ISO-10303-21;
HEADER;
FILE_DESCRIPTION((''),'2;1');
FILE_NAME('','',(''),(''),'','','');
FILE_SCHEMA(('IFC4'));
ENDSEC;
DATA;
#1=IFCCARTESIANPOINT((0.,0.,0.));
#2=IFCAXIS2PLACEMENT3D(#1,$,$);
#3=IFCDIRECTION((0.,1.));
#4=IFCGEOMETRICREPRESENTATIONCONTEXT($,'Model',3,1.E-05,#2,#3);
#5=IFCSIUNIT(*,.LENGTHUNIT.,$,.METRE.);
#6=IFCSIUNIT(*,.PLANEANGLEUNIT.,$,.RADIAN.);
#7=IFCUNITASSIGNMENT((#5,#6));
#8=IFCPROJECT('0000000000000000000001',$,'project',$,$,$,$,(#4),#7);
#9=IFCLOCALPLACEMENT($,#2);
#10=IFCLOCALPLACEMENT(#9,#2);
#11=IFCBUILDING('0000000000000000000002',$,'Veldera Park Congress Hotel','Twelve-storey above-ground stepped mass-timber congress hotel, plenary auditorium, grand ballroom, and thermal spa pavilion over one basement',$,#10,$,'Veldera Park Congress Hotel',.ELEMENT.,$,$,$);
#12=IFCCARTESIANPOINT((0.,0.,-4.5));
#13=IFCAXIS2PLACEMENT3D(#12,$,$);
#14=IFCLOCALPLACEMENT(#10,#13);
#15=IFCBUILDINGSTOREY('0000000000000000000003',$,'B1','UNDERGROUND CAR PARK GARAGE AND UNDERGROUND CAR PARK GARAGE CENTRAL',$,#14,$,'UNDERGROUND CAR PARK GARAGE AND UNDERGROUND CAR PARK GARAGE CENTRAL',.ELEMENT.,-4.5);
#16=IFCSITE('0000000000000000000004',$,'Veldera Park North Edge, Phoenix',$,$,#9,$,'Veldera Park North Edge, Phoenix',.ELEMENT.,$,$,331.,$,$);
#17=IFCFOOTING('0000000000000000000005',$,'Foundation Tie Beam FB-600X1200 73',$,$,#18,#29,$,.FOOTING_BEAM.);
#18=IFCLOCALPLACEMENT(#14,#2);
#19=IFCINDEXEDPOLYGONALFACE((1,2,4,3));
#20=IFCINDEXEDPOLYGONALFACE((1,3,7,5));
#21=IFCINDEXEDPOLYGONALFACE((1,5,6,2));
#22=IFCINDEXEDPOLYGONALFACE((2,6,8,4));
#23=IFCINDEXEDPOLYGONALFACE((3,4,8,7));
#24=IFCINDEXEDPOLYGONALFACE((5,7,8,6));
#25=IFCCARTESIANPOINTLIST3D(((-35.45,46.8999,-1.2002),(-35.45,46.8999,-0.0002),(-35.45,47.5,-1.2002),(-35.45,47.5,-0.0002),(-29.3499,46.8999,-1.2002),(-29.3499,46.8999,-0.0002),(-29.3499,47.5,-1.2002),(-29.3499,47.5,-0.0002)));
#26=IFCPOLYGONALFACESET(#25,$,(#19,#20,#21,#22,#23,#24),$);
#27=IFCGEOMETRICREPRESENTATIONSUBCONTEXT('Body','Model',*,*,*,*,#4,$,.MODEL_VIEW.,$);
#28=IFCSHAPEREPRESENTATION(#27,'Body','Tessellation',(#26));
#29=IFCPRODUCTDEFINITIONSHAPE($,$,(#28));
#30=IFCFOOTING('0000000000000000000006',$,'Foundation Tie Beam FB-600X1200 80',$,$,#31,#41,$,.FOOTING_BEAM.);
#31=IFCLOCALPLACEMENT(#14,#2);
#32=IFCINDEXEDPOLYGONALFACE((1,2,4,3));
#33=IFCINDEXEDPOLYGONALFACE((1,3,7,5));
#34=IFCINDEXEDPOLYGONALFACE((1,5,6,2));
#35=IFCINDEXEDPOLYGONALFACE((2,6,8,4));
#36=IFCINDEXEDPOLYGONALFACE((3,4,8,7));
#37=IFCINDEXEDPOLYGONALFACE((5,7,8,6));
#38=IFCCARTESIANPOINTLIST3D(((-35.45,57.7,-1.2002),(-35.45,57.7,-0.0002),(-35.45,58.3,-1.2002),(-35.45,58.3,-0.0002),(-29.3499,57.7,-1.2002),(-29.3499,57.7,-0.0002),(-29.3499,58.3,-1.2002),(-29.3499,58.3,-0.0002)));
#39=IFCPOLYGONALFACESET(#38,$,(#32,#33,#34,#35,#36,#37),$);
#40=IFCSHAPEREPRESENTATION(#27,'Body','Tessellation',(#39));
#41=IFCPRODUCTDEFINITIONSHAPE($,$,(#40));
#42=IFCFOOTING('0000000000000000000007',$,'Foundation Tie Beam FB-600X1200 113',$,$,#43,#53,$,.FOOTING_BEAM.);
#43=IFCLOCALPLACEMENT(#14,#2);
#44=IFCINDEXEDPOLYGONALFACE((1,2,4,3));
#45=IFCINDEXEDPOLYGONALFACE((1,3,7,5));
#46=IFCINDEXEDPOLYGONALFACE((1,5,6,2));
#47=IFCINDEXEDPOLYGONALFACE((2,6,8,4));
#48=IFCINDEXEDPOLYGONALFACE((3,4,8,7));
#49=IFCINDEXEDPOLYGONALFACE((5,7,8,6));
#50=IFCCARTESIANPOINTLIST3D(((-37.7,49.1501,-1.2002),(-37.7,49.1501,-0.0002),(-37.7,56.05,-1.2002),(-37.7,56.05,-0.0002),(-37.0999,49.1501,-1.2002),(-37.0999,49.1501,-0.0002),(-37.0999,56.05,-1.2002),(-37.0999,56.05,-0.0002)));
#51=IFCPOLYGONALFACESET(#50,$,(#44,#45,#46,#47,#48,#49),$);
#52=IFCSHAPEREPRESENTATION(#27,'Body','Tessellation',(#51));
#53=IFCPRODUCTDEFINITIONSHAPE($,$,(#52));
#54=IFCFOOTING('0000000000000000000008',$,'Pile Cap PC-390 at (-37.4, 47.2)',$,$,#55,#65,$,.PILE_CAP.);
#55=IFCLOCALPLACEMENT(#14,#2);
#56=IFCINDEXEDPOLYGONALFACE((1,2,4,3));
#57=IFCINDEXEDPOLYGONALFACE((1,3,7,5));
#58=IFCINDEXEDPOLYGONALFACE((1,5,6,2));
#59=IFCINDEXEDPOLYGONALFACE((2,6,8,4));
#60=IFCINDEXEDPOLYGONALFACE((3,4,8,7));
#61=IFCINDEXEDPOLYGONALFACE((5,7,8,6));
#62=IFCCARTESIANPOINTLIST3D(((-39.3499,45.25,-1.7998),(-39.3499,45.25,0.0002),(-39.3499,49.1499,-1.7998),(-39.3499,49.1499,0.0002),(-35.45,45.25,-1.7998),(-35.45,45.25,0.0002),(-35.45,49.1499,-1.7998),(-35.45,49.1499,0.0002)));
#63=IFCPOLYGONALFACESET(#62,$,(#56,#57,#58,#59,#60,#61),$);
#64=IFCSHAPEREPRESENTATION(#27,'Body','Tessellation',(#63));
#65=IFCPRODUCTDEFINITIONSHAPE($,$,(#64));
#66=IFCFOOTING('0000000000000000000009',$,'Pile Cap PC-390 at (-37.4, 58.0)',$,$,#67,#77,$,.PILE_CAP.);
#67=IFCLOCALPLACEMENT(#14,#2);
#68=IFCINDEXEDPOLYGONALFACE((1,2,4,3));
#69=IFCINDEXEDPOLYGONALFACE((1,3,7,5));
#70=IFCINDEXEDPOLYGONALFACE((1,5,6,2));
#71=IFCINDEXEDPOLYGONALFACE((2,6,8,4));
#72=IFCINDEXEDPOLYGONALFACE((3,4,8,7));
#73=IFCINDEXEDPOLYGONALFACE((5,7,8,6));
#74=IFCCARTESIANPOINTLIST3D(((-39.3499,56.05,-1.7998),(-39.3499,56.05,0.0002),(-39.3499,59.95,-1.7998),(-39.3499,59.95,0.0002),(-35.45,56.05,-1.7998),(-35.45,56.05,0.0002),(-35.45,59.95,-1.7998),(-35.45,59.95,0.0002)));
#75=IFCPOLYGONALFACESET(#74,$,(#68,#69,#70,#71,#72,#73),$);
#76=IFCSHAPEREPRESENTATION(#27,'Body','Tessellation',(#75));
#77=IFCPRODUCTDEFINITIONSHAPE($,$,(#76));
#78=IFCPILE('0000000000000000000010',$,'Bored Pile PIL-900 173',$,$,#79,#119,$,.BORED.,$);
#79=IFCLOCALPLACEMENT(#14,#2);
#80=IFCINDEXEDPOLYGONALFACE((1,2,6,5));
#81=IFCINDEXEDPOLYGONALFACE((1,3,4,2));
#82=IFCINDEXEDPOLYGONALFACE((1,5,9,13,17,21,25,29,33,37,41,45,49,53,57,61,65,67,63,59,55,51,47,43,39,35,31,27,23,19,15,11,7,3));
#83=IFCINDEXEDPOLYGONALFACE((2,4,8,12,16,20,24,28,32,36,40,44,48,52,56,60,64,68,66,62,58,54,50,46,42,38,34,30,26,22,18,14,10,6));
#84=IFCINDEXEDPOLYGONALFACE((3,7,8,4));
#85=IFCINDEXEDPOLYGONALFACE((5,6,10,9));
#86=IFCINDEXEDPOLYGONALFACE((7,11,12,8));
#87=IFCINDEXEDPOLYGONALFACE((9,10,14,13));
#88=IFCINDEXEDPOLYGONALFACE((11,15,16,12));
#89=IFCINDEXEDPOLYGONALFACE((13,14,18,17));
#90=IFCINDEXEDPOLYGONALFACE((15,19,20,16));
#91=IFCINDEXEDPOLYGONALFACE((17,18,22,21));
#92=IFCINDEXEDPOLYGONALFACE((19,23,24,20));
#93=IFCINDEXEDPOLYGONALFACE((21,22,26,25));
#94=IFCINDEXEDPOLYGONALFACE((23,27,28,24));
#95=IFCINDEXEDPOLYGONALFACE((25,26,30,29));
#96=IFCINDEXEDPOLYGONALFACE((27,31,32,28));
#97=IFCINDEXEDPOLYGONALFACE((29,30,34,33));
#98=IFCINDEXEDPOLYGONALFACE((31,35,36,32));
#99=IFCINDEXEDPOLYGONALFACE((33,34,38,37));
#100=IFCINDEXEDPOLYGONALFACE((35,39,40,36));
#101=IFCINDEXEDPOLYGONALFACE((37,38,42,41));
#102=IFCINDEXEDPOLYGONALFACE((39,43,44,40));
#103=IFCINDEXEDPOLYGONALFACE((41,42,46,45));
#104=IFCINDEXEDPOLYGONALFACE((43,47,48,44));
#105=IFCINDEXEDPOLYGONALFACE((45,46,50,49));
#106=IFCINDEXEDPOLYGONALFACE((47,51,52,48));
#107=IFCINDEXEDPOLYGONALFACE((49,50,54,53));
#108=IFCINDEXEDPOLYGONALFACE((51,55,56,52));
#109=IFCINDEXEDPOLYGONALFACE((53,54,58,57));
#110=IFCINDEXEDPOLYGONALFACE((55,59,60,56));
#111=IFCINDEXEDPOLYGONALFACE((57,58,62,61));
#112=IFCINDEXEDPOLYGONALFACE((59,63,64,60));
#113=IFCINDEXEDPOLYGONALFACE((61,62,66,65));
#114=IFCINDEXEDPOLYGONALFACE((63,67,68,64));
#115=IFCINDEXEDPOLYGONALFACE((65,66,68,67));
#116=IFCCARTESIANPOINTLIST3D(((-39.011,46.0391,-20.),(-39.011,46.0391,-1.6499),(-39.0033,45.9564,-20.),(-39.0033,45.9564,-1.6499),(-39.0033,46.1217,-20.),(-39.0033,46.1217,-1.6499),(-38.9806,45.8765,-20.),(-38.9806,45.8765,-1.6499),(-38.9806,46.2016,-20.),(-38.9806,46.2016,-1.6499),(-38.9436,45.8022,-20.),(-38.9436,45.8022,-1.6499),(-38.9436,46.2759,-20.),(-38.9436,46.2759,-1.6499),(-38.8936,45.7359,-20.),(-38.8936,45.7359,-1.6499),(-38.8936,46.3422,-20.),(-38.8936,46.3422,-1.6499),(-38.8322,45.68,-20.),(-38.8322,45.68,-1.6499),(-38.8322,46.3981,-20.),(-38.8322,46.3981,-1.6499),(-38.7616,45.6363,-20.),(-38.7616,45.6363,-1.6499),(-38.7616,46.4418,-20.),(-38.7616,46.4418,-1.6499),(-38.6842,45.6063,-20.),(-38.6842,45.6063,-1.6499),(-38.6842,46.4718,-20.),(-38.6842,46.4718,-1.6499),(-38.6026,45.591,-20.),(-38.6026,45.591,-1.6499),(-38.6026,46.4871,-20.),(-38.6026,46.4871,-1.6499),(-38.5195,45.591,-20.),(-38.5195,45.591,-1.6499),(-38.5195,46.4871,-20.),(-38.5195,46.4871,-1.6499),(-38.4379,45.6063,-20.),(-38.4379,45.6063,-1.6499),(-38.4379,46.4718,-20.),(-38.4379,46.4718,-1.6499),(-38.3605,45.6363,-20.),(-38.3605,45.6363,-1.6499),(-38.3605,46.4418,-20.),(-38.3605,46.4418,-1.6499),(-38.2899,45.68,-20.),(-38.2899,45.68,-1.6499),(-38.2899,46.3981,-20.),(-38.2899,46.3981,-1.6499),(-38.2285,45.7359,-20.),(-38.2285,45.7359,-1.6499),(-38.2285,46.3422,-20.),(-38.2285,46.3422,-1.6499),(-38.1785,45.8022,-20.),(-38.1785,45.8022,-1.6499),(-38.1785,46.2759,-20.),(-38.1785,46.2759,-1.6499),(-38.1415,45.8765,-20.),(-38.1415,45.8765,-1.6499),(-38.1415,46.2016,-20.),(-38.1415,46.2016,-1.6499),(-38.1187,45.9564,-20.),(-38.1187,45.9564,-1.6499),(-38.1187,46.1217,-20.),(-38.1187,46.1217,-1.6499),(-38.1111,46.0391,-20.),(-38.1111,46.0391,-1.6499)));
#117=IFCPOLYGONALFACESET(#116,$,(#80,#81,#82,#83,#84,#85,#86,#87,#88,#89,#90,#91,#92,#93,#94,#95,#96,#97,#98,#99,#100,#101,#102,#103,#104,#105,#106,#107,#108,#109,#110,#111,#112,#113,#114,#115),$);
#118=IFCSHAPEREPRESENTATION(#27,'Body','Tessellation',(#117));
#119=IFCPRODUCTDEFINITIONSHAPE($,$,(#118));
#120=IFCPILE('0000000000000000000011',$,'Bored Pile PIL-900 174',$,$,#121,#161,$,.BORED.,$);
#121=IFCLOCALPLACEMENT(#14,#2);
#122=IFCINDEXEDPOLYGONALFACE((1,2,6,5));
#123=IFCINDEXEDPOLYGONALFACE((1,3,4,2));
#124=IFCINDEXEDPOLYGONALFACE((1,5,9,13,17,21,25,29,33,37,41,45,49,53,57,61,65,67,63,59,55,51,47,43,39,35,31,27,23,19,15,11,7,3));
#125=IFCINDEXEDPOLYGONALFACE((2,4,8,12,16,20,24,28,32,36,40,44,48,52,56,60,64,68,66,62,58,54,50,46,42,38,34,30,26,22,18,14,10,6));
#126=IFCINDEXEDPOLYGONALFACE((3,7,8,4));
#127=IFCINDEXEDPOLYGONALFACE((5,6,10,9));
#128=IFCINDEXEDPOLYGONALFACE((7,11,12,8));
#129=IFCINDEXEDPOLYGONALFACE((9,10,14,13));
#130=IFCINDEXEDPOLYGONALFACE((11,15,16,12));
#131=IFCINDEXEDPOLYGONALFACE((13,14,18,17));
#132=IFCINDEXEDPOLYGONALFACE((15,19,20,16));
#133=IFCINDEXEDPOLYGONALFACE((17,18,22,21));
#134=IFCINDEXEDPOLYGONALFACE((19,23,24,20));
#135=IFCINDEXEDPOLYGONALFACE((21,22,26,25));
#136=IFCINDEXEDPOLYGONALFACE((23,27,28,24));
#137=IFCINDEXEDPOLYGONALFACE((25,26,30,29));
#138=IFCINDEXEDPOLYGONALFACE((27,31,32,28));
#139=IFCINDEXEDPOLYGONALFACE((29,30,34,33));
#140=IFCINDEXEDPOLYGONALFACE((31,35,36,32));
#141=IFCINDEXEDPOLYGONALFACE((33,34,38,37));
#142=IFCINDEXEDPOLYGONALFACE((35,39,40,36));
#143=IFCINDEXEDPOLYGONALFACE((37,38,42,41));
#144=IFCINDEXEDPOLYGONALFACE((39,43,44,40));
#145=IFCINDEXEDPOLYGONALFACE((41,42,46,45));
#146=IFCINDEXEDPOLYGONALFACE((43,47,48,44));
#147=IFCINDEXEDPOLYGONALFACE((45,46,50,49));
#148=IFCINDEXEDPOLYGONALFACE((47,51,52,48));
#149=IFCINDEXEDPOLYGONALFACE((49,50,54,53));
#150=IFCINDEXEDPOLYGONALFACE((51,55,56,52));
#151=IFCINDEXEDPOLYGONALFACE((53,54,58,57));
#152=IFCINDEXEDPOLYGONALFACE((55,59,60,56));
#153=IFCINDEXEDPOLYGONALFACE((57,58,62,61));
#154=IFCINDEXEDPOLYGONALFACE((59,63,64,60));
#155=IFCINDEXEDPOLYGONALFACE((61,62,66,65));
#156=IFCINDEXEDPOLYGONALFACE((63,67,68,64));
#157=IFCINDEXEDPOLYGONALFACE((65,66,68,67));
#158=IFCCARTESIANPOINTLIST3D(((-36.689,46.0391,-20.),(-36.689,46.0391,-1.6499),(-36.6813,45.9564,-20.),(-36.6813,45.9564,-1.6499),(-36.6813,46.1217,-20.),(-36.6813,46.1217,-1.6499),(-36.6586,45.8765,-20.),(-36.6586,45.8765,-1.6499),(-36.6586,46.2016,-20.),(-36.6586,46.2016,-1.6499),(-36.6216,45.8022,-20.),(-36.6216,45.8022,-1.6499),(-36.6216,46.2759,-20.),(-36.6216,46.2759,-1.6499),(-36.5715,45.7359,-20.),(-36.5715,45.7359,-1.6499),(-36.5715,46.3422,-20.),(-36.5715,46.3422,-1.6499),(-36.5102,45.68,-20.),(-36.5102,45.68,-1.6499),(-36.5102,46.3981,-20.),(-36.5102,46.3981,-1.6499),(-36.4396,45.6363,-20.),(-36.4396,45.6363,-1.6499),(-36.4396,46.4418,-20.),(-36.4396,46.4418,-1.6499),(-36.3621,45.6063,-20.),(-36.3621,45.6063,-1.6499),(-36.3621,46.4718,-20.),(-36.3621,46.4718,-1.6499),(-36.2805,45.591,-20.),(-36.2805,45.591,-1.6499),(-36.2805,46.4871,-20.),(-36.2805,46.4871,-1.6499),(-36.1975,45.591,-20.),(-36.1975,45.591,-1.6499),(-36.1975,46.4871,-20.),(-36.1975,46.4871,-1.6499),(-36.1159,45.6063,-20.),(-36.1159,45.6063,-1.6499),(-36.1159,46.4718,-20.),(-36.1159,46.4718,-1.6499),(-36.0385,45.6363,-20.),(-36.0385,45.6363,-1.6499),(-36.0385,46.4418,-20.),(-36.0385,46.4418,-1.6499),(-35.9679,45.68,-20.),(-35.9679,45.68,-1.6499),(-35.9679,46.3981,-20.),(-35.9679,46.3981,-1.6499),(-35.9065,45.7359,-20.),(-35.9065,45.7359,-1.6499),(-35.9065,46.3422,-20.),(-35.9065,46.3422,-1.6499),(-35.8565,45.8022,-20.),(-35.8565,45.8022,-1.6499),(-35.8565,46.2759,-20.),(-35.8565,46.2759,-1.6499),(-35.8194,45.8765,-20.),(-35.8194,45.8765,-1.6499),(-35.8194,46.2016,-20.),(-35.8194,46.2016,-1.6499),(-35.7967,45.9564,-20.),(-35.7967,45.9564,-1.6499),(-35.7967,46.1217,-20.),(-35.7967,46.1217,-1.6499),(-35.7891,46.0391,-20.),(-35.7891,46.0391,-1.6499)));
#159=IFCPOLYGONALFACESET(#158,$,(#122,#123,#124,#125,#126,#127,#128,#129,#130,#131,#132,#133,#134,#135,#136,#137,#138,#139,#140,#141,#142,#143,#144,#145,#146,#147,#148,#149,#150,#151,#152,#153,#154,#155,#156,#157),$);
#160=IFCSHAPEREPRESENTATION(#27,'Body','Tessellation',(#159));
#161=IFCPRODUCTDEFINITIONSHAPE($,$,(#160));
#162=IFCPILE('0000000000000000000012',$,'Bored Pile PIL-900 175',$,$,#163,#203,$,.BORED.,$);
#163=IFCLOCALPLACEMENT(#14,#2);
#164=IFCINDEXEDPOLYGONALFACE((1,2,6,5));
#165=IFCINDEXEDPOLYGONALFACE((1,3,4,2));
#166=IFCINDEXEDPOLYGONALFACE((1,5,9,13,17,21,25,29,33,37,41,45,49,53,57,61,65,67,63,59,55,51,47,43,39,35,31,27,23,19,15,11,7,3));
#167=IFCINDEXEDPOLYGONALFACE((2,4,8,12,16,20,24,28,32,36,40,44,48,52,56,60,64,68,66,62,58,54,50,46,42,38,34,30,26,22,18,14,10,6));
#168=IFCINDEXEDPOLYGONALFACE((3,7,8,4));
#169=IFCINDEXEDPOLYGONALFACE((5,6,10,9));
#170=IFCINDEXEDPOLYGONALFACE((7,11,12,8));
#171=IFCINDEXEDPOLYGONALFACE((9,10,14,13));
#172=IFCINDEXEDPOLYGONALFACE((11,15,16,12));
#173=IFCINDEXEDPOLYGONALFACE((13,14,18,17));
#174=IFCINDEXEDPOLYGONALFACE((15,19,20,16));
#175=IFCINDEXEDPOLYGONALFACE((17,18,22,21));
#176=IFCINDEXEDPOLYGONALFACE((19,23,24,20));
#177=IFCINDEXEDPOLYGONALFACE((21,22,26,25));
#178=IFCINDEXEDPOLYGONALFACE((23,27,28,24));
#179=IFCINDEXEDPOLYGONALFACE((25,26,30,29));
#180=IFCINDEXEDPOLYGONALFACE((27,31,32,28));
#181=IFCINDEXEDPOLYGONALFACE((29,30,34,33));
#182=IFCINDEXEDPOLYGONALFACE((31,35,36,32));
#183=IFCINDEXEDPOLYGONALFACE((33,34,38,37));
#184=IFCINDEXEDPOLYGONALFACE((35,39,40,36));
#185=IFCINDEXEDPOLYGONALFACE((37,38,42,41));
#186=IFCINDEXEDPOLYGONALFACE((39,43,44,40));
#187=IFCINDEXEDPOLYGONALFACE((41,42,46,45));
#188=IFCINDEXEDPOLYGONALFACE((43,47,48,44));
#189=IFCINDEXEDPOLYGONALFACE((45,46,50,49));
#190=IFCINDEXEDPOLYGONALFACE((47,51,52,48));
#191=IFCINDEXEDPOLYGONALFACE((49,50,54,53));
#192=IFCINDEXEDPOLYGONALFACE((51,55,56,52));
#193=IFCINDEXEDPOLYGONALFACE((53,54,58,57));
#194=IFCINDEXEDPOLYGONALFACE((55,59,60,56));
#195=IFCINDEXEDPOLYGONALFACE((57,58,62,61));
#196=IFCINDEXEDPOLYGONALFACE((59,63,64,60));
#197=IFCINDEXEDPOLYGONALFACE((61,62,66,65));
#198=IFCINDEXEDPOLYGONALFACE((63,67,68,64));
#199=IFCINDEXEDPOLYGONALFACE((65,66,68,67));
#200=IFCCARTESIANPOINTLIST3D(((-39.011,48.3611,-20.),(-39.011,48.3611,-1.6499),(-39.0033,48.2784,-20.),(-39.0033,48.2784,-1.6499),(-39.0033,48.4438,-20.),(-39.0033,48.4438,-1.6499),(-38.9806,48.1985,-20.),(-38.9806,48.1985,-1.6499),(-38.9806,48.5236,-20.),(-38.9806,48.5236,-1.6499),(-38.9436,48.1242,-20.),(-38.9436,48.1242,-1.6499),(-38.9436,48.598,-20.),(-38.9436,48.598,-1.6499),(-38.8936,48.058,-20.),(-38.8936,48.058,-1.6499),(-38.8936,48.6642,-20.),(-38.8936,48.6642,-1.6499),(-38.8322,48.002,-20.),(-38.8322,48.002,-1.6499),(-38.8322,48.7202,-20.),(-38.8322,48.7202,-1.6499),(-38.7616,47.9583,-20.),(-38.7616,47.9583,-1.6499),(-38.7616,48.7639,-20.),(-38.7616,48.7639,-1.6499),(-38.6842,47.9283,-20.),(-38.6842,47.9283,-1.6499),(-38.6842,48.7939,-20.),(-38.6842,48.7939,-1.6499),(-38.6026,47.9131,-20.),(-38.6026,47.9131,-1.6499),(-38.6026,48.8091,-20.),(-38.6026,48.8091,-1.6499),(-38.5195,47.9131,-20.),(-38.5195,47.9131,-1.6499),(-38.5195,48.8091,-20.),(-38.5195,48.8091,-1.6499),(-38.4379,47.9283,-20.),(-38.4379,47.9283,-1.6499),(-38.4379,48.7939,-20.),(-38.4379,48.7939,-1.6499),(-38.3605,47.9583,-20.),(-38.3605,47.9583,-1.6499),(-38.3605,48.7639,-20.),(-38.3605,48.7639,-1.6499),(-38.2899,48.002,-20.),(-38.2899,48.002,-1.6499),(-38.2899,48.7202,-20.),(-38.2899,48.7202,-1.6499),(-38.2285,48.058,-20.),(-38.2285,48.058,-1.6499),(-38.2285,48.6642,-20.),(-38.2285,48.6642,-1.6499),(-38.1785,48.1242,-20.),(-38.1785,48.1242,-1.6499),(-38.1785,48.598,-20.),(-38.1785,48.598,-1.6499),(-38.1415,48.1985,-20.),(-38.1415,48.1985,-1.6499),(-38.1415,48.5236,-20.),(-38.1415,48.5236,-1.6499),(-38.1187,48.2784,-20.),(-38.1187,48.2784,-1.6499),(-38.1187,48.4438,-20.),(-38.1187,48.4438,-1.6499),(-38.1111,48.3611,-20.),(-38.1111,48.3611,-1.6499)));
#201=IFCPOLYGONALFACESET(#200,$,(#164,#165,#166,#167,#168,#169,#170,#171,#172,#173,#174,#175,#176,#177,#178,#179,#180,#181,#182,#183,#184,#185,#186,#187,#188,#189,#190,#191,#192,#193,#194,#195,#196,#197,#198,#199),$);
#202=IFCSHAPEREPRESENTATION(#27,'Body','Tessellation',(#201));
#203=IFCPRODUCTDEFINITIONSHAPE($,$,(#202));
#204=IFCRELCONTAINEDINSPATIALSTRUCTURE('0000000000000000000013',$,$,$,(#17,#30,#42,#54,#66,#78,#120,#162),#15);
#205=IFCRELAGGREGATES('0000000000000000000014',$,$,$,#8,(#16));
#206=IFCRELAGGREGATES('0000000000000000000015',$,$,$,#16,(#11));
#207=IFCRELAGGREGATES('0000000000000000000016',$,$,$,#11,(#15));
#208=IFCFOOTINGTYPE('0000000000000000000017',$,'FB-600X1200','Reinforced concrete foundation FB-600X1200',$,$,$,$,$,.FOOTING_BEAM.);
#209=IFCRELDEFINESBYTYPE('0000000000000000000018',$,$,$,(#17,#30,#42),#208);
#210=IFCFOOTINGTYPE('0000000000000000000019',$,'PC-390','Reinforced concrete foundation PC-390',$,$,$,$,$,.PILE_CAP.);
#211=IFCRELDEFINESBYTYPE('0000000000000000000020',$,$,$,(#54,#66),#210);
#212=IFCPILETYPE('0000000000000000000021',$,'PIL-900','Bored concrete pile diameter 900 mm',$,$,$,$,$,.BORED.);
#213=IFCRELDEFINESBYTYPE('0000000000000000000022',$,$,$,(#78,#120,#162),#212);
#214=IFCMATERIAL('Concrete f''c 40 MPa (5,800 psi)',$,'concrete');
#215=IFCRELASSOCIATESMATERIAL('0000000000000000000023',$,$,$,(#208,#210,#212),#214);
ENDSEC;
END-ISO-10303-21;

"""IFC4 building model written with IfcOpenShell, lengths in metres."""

from ifc_helpers import new_model, si_unit, direction, frame, origin, origin_2d, place, context, subcontext, project, spatial, rectangle, circle, extrude, material, material_profile, profile_set, type_object, element, save


model = new_model("IFC4")

# Units and contexts
model_context = context("Model", 3, precision=1e-05, world=origin(), true_north=direction((0.0, 1.0)))
body_context = subcontext(model_context, "Body", "Model", "MODEL_VIEW")
ifc_project = project(units=[si_unit("LENGTHUNIT", "METRE"), si_unit("PLANEANGLEUNIT", "RADIAN")], contexts=[model_context])

# Site, building, storey
site_placement = place(None, origin())
site = spatial("IfcSite", under=ifc_project, at=site_placement, Name="Veldera Park North Edge, Phoenix", LongName="Veldera Park North Edge, Phoenix", CompositionType="ELEMENT", RefElevation=331.0)
building_placement = place(site_placement, origin())
building = spatial("IfcBuilding", under=site, at=building_placement, Name="Veldera Park Congress Hotel", Description="Twelve-storey above-ground stepped mass-timber congress hotel, plenary auditorium, grand ballroom, and thermal spa pavilion over one basement", LongName="Veldera Park Congress Hotel", CompositionType="ELEMENT")
storey_placement = place(building_placement, frame((0.0, 0.0, -4.5)))
storey = spatial("IfcBuildingStorey", under=building, at=storey_placement, Name="B1", Description="UNDERGROUND CAR PARK GARAGE AND UNDERGROUND CAR PARK GARAGE CENTRAL", LongName="UNDERGROUND CAR PARK GARAGE AND UNDERGROUND CAR PARK GARAGE CENTRAL", CompositionType="ELEMENT", Elevation=-4.5)

# Footings
ifc_material_1 = material(Name="Concrete f'c 40 MPa (5,800 psi)", Category="concrete")
footing_type_1 = type_object("IfcFootingType", Name="FB-600X1200", Description="Reinforced concrete foundation FB-600X1200", PredefinedType="FOOTING_BEAM", material=ifc_material_1)
for number, where, z_axis, x_axis, name in (
    (1, (-32.3999, 47.2, -1.2002), (0.0, 0.0, 1.0), (1.0, 0.0, 0.0), "Foundation Tie Beam FB-600X1200 73"),
    (2, (-32.3999, 58.0, -1.2002), (0.0, 0.0, 1.0), (1.0, 0.0, 0.0), "Foundation Tie Beam FB-600X1200 80"),
):
    element("IfcFooting", number, at=place(storey_placement, frame(where, z_axis=z_axis, x_axis=x_axis)), inside=storey, type_object=footing_type_1, Name=name, PredefinedType="FOOTING_BEAM", context=body_context, shape_type="SweptSolid", body=[
        extrude(rectangle(XDim=6.1001, YDim=0.6001, at=origin_2d()), origin(), (0.0, 0.0, 1.0), 1.2),
    ])
footing_placement = place(storey_placement, frame((-37.3999, 52.6001, -1.2002), z_axis=(0.0, 0.0, 1.0), x_axis=(0.0, 1.0, 0.0)))
element("IfcFooting", 3, at=footing_placement, inside=storey, type_object=footing_type_1, Name="Foundation Tie Beam FB-600X1200 113", PredefinedType="FOOTING_BEAM", context=body_context, shape_type="SweptSolid", body=[
    extrude(rectangle(XDim=6.8999, YDim=0.6001, at=origin_2d()), origin(), (0.0, 0.0, 1.0), 1.2),
])
footing_type_2 = type_object("IfcFootingType", Name="PC-390", Description="Reinforced concrete foundation PC-390", PredefinedType="PILE_CAP", material=ifc_material_1)
for number, where, z_axis, x_axis, name in (
    (4, (-37.3999, 47.2, -1.7998), (0.0, 0.0, 1.0), (1.0, 0.0, 0.0), "Pile Cap PC-390 at (-37.4, 47.2)"),
    (5, (-37.3999, 58.0, -1.7998), (0.0, 0.0, 1.0), (1.0, 0.0, 0.0), "Pile Cap PC-390 at (-37.4, 58.0)"),
):
    element("IfcFooting", number, at=place(storey_placement, frame(where, z_axis=z_axis, x_axis=x_axis)), inside=storey, type_object=footing_type_2, Name=name, PredefinedType="PILE_CAP", context=body_context, shape_type="SweptSolid", body=[
        extrude(rectangle(XDim=3.8999, YDim=3.8999, at=origin_2d()), origin(), (0.0, 0.0, 1.0), 1.8),
    ])

# Piles
ifc_material_profile_1 = material_profile(ifc_material_1, circle(Radius=0.45, at=origin_2d()), Name="PILE D900")
ifc_profile_set_1 = profile_set([ifc_material_profile_1], Name="Concrete f'c 40 MPa (5,800 psi)")
pile_type = type_object("IfcPileType", Name="PIL-900", Description="Bored concrete pile diameter 900 mm", PredefinedType="BORED", material=ifc_profile_set_1)
for number, where, z_axis, x_axis, name in (
    (6, (-38.561, 46.0391, -1.6499), (0.0, 0.0, -1.0), (1.0, 0.0, 0.0), "Bored Pile PIL-900 173"),
    (7, (-36.239, 46.0391, -1.6499), (0.0, 0.0, -1.0), (1.0, 0.0, 0.0), "Bored Pile PIL-900 174"),
    (8, (-38.561, 48.3611, -1.6499), (0.0, 0.0, -1.0), (1.0, 0.0, 0.0), "Bored Pile PIL-900 175"),
):
    element("IfcPile", number, at=place(storey_placement, frame(where, z_axis=z_axis, x_axis=x_axis)), inside=storey, type_object=pile_type, Name=name, PredefinedType="BORED", context=body_context, shape_type="SweptSolid", body=[
        extrude(circle(Radius=0.45, at=origin_2d()), origin(), (0.0, 0.0, 1.0), 18.3501),
    ])

save(model, "model.ifc")
